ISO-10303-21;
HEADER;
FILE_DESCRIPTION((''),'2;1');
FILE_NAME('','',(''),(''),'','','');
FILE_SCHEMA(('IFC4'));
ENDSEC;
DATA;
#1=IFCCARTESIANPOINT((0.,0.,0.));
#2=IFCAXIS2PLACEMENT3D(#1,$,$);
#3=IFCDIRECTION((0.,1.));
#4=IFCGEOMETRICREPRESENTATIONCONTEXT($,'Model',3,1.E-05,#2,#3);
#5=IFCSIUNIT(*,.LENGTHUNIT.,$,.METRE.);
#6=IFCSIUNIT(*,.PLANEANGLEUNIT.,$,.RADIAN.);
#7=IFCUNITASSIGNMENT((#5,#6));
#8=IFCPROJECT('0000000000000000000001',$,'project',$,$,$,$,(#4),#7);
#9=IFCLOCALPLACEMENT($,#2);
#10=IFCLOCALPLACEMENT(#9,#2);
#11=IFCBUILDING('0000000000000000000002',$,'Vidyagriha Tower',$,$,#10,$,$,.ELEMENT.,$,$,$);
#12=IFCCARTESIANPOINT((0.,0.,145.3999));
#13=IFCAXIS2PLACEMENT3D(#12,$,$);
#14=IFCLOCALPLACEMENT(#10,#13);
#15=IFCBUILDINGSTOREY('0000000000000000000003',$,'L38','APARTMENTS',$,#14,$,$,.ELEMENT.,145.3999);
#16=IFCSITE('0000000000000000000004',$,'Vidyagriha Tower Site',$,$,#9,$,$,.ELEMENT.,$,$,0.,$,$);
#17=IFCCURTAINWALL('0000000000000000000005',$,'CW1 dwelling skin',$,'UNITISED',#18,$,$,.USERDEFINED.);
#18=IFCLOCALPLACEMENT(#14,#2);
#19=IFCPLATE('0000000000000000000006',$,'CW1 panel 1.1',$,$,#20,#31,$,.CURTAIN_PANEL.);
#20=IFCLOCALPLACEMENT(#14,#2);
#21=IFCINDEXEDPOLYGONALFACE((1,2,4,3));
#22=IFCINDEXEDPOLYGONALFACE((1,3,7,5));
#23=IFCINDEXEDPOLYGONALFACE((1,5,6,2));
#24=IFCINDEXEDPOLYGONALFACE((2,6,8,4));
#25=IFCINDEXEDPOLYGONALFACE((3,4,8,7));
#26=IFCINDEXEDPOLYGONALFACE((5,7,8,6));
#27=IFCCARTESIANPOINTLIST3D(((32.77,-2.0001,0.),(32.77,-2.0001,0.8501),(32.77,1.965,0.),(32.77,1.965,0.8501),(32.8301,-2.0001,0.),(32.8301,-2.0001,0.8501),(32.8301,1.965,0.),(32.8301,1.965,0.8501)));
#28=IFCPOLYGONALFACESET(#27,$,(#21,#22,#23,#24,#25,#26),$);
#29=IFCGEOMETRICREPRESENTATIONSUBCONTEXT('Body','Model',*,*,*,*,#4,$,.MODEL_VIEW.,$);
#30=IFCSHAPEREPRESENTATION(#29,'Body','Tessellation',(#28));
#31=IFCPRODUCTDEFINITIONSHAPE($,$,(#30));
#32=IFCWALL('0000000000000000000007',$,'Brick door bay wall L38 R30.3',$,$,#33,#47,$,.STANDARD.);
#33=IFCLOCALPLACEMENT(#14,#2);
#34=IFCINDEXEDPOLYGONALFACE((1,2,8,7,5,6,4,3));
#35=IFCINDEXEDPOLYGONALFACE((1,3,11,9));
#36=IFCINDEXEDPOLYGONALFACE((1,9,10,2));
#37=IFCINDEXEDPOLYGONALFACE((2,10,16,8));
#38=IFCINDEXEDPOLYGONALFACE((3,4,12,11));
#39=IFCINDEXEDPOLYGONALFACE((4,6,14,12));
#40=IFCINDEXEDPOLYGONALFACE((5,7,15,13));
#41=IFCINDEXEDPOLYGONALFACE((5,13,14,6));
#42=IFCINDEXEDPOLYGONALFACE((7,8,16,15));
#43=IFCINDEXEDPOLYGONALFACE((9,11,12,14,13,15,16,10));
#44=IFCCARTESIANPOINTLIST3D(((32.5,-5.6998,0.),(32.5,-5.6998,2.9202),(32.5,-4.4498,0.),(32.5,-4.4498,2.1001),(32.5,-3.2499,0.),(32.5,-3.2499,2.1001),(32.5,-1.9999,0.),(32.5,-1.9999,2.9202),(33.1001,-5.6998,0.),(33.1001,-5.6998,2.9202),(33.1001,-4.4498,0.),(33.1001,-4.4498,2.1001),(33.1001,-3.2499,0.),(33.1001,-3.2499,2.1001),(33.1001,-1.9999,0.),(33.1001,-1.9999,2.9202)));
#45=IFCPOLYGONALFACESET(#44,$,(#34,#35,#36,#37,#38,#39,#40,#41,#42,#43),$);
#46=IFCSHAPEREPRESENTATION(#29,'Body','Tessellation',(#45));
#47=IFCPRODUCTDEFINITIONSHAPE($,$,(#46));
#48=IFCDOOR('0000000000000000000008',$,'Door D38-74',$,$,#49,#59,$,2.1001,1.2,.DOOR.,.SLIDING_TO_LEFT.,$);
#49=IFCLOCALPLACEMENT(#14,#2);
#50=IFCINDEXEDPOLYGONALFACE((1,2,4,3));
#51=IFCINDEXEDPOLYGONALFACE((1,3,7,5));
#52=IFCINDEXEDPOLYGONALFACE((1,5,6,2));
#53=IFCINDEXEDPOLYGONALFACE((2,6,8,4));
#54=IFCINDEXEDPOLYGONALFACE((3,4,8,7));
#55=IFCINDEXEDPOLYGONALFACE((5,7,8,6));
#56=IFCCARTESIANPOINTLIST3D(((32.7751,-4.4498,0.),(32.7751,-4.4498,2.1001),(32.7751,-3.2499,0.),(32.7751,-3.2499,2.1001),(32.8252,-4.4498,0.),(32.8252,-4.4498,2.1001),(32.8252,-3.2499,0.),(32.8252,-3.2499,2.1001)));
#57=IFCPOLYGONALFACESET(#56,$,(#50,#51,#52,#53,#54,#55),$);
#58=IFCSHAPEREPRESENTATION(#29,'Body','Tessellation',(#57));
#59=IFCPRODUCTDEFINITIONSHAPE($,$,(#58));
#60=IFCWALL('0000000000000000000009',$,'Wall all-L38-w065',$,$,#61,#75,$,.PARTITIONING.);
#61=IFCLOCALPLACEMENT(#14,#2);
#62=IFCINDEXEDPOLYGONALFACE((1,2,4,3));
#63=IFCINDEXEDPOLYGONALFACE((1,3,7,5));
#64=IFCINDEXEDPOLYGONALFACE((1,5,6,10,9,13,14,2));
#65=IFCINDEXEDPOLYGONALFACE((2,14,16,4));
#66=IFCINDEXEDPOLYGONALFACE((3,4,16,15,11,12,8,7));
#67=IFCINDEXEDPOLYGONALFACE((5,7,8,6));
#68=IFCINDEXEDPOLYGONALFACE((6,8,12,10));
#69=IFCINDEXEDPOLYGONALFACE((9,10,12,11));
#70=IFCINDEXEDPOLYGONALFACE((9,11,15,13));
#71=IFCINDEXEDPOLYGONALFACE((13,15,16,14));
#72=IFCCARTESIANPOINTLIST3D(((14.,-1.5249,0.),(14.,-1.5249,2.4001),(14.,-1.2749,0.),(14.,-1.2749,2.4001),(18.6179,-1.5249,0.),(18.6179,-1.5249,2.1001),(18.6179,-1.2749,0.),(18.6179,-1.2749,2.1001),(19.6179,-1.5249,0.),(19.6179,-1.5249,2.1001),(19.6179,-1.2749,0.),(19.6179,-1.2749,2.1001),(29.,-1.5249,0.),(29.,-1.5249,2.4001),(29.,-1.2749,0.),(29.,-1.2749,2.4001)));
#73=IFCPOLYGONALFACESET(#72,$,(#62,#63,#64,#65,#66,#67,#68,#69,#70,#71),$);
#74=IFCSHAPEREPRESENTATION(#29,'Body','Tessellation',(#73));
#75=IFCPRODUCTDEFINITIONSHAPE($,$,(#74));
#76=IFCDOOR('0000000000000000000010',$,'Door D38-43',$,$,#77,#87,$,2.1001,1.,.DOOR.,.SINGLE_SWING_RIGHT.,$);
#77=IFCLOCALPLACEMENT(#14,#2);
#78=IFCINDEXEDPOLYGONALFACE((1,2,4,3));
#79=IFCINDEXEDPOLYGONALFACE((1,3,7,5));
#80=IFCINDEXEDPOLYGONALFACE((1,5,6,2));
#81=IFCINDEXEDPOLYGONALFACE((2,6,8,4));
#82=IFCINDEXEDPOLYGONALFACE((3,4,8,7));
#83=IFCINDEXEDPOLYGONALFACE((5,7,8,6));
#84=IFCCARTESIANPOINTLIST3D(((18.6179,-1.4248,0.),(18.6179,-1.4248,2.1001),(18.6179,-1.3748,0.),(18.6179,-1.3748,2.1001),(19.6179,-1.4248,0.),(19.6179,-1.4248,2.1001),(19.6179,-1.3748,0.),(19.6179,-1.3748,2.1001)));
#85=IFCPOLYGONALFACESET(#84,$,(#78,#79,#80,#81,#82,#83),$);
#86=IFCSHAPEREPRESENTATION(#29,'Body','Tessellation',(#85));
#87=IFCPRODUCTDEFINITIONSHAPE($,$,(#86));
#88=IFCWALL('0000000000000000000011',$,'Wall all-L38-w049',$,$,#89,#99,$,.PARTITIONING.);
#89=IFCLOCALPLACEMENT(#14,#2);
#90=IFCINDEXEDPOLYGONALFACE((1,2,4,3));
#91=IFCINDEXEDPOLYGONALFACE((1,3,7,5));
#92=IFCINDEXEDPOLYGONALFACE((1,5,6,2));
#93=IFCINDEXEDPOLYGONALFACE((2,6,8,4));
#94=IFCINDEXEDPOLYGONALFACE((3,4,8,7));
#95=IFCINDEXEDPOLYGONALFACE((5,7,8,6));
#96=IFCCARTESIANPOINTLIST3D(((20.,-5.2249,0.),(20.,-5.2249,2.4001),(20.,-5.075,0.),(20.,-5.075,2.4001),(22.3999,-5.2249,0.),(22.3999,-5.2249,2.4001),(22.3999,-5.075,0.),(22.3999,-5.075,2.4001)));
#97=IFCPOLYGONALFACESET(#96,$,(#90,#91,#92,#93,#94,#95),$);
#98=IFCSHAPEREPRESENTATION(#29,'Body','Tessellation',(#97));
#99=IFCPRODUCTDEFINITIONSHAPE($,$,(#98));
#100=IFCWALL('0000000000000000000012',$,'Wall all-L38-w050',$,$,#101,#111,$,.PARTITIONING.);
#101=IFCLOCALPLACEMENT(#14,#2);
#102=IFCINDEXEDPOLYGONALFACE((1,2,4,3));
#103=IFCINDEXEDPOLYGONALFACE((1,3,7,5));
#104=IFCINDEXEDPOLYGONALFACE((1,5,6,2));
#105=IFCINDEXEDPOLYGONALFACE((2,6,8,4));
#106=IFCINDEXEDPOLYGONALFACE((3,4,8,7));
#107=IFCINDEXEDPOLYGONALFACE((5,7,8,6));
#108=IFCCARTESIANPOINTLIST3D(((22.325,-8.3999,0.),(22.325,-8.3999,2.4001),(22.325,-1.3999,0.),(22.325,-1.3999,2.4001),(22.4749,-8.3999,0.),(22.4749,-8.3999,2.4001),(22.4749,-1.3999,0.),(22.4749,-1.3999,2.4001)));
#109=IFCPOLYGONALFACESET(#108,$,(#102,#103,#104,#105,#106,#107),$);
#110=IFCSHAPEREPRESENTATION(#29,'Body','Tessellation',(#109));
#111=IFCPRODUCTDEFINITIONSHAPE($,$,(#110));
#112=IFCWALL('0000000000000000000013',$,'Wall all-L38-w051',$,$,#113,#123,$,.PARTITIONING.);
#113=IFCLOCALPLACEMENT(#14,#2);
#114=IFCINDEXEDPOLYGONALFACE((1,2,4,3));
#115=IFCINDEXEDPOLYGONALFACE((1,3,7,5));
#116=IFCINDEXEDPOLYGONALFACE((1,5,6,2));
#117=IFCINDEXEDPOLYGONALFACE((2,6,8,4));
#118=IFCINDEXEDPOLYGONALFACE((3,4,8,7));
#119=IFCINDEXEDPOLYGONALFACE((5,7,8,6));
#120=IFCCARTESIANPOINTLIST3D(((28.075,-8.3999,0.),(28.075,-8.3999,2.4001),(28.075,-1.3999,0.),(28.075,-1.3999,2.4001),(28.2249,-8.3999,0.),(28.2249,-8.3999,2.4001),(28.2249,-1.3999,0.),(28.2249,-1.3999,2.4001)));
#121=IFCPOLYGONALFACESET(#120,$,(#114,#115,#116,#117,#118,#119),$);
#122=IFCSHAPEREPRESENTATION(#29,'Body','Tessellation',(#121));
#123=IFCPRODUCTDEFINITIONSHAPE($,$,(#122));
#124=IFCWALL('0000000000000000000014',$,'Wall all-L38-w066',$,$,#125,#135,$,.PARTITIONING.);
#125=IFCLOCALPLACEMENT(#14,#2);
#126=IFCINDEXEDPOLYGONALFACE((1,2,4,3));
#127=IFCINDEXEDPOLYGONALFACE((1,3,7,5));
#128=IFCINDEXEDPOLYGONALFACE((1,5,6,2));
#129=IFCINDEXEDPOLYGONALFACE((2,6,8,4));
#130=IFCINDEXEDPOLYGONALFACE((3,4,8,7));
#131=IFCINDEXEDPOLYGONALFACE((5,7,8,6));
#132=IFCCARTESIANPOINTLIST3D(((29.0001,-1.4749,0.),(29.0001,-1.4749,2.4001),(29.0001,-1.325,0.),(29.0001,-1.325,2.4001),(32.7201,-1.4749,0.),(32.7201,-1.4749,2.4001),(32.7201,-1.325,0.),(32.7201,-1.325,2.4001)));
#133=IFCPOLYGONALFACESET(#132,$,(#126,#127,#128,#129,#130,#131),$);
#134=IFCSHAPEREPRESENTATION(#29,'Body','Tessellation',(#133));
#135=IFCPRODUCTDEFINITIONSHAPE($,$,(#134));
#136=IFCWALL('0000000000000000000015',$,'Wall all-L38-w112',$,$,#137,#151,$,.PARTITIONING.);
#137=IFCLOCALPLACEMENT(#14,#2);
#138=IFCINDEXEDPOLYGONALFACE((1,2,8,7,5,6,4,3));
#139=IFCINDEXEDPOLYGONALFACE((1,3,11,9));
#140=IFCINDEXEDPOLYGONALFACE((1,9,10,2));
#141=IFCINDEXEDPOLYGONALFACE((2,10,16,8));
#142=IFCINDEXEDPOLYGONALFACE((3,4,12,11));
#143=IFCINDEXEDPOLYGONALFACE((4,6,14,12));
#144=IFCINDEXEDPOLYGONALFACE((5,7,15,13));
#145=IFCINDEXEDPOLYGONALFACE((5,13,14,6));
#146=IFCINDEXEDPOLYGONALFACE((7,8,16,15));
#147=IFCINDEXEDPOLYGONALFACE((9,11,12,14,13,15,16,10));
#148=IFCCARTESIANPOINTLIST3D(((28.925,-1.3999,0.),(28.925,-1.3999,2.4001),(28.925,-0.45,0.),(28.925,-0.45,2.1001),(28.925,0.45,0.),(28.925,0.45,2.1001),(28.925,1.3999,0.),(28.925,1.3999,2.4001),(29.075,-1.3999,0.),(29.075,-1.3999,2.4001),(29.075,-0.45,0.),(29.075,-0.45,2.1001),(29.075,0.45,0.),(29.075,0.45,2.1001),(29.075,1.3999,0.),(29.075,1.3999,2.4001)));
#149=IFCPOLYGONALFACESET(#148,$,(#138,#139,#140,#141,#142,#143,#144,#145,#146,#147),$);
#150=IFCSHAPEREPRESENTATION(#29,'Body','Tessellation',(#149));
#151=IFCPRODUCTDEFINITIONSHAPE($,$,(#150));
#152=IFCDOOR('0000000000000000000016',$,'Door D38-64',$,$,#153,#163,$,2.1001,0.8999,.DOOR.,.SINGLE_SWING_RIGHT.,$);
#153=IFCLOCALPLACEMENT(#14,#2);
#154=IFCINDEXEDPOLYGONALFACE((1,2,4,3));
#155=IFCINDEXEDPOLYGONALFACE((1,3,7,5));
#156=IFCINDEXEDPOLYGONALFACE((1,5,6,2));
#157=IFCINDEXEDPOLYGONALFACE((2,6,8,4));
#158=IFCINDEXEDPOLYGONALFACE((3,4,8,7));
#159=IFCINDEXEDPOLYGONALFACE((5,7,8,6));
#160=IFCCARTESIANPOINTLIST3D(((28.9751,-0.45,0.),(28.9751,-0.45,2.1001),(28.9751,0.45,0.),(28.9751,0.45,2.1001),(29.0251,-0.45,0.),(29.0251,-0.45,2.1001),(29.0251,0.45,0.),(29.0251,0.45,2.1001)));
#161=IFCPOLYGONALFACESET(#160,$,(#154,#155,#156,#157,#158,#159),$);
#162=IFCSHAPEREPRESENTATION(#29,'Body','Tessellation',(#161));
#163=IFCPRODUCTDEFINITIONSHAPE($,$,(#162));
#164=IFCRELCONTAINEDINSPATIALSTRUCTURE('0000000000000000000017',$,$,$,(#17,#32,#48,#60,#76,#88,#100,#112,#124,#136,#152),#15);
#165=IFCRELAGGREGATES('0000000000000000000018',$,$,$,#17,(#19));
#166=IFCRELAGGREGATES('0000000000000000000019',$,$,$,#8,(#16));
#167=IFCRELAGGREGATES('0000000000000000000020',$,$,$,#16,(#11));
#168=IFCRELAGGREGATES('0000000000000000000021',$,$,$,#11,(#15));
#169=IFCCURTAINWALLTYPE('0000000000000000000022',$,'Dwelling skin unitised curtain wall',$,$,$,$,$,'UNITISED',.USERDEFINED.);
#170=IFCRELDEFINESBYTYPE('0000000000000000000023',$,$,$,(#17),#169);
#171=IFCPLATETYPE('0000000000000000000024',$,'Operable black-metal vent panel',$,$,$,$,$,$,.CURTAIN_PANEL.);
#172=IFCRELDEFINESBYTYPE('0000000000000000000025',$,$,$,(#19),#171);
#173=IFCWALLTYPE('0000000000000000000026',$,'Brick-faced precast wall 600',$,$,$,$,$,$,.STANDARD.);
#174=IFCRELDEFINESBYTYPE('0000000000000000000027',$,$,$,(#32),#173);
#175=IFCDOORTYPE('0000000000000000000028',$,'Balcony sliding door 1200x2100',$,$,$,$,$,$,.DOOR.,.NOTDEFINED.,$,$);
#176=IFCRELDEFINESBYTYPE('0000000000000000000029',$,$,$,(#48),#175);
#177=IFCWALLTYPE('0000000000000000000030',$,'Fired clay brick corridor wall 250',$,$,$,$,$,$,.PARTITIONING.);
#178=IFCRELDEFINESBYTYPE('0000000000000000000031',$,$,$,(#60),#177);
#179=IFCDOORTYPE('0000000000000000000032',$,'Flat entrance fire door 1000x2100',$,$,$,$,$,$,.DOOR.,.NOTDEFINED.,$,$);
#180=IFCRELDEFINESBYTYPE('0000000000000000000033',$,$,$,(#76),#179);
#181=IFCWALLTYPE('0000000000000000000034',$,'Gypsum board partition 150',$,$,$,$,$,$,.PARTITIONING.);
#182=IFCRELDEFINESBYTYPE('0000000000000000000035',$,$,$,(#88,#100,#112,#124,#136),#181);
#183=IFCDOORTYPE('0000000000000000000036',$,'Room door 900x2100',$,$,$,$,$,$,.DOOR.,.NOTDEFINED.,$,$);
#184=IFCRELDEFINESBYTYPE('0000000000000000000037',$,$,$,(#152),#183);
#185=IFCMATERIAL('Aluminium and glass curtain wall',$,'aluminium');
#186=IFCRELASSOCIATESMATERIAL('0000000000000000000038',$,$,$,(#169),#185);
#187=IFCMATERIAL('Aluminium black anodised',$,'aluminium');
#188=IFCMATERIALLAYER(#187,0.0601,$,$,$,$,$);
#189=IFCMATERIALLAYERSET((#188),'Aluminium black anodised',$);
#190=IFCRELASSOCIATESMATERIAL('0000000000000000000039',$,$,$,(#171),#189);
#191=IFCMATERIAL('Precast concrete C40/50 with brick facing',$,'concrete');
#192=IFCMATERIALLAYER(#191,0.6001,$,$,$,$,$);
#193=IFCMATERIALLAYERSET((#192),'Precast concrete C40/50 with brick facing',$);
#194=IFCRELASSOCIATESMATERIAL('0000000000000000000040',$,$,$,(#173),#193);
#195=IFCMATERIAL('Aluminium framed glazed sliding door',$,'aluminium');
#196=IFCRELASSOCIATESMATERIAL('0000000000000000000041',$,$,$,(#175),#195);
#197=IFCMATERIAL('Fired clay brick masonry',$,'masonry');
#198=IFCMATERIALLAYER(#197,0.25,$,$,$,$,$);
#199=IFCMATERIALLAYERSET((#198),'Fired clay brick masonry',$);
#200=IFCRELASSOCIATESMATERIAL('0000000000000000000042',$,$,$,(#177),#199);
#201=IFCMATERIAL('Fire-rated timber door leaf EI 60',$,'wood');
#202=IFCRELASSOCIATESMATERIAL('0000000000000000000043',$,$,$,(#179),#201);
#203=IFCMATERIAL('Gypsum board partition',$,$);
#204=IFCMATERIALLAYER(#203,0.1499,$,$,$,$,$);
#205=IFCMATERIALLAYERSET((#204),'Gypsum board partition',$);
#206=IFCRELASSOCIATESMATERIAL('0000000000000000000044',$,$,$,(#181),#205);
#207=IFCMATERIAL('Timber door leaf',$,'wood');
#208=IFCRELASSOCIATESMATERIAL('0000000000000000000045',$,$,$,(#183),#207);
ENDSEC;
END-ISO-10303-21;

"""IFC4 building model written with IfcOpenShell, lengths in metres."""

from ifc_helpers import new_model, si_unit, direction, frame, frame_2d, origin, origin_2d, place, context, subcontext, project, spatial, rectangle, extrude, material, layer, layer_set, type_object, element, fill, aggregate, save


model = new_model("IFC4")

# Units and contexts
model_context = context("Model", 3, precision=1e-05, world=origin(), true_north=direction((0.0, 1.0)))
body_context = subcontext(model_context, "Body", "Model", "MODEL_VIEW")
ifc_project = project(units=[si_unit("LENGTHUNIT", "METRE"), si_unit("PLANEANGLEUNIT", "RADIAN")], contexts=[model_context])

# Site, building, storey
site_placement = place(None, origin())
site = spatial("IfcSite", under=ifc_project, at=site_placement, Name="Vidyagriha Tower Site", CompositionType="ELEMENT", RefElevation=0.0)
building_placement = place(site_placement, origin())
building = spatial("IfcBuilding", under=site, at=building_placement, Name="Vidyagriha Tower", CompositionType="ELEMENT")
storey_placement = place(building_placement, frame((0.0, 0.0, 145.3999)))
storey = spatial("IfcBuildingStorey", under=building, at=storey_placement, Name="L38", Description="APARTMENTS", CompositionType="ELEMENT", Elevation=145.3999)

# Shared definitions
ifc_material_1 = material(Name="Aluminium and glass curtain wall", Category="aluminium")
curtain_wall_type = type_object("IfcCurtainWallType", Name="Dwelling skin unitised curtain wall", ElementType="UNITISED", PredefinedType="USERDEFINED", material=ifc_material_1)

# Curtain wall
curtain_wall_1_placement = place(storey_placement, origin())
curtain_wall_1 = element("IfcCurtainWall", 1, at=curtain_wall_1_placement, inside=storey, type_object=curtain_wall_type, Name="CW1 dwelling skin", ObjectType="UNITISED", PredefinedType="USERDEFINED")

# Plate
ifc_material_2 = material(Name="Aluminium black anodised", Category="aluminium")
ifc_layer_1 = layer(ifc_material_2, 0.0601)
ifc_layer_set_1 = layer_set([ifc_layer_1], Name="Aluminium black anodised")
plate_type_1 = type_object("IfcPlateType", Name="Operable black-metal vent panel", PredefinedType="CURTAIN_PANEL", material=ifc_layer_set_1)
plate_1_placement = place(storey_placement, frame((32.8, -0.0176, 0.0), z_axis=(0.0, 0.0, 1.0), x_axis=(0.0, 1.0, 0.0)))
plate_1 = element("IfcPlate", 2, at=plate_1_placement, type_object=plate_type_1, Name="CW1 panel 1.1", PredefinedType="CURTAIN_PANEL", context=body_context, shape_type="SweptSolid", body=[
    extrude(rectangle(XDim=3.9651, YDim=0.0601, at=origin_2d()), origin(), (0.0, 0.0, 1.0), 0.8501),
])
aggregate(curtain_wall_1, [plate_1])

# Walls, openings, doors
ifc_material_3 = material(Name="Precast concrete C40/50 with brick facing", Category="concrete")
ifc_layer_2 = layer(ifc_material_3, 0.6001)
ifc_layer_set_2 = layer_set([ifc_layer_2], Name="Precast concrete C40/50 with brick facing")
wall_type_1 = type_object("IfcWallType", Name="Brick-faced precast wall 600", PredefinedType="STANDARD", material=ifc_layer_set_2)
wall_1_placement = place(storey_placement, frame((32.8, -5.7, 0.0), z_axis=(0.0, 0.0, 1.0), x_axis=(0.0, 1.0, 0.0)))
wall_1 = element("IfcWall", 3, at=wall_1_placement, inside=storey, type_object=wall_type_1, Name="Brick door bay wall L38 R30.3", PredefinedType="STANDARD", context=body_context, shape_type="SweptSolid", body=[
    extrude(rectangle(XDim=3.7, YDim=0.6001, at=frame_2d((1.8501, 0.0))), origin(), (0.0, 0.0, 1.0), 2.9202),
])
opening_1_placement = place(wall_1_placement, frame((1.25, 0.0, 0.0)))
opening_1 = element("IfcOpeningElement", 4, at=opening_1_placement, cuts=wall_1, PredefinedType="OPENING", context=body_context, shape_type="SweptSolid", body=[
    extrude(rectangle(XDim=1.2, YDim=2.1001, at=frame_2d((0.6001, 1.05))), frame((0.0, 0.3101, 0.0), z_axis=(0.0, -1.0, 0.0), x_axis=(1.0, 0.0, 0.0)), (0.0, 0.0, 1.0), 0.6201),
])
ifc_material_4 = material(Name="Aluminium framed glazed sliding door", Category="aluminium")
door_type_1 = type_object("IfcDoorType", Name="Balcony sliding door 1200x2100", OperationType="NOTDEFINED", PredefinedType="DOOR", material=ifc_material_4)
door_1_placement = place(opening_1_placement, origin())
door_1 = element("IfcDoor", 5, at=door_1_placement, inside=storey, type_object=door_type_1, Name="Door D38-74", OperationType="SLIDING_TO_LEFT", OverallHeight=2.1001, OverallWidth=1.2, PredefinedType="DOOR", context=body_context, shape_type="SweptSolid", body=[
    extrude(rectangle(XDim=1.2, YDim=2.1001, at=frame_2d((0.6001, 1.05))), frame((0.0, 0.0249, 0.0), z_axis=(0.0, -1.0, 0.0), x_axis=(1.0, 0.0, 0.0)), (0.0, 0.0, 1.0), 0.05),
])
fill(opening_1, door_1)
ifc_material_5 = material(Name="Fired clay brick masonry", Category="masonry")
ifc_layer_3 = layer(ifc_material_5, 0.25)
ifc_layer_set_3 = layer_set([ifc_layer_3], Name="Fired clay brick masonry")
wall_type_2 = type_object("IfcWallType", Name="Fired clay brick corridor wall 250", PredefinedType="PARTITIONING", material=ifc_layer_set_3)
wall_2_placement = place(storey_placement, frame((29.0, -1.3999, 0.0), z_axis=(0.0, 0.0, 1.0), x_axis=(-1.0, 0.0, 0.0)))
wall_2 = element("IfcWall", 6, at=wall_2_placement, inside=storey, type_object=wall_type_2, Name="Wall all-L38-w065", PredefinedType="PARTITIONING", context=body_context, shape_type="SweptSolid", body=[
    extrude(rectangle(XDim=15.0, YDim=0.25, at=frame_2d((7.5, 0.0))), origin(), (0.0, 0.0, 1.0), 2.4001),
])
opening_2_placement = place(wall_2_placement, frame((9.3821, 0.0, 0.0)))
opening_2 = element("IfcOpeningElement", 7, at=opening_2_placement, cuts=wall_2, PredefinedType="OPENING", context=body_context, shape_type="SweptSolid", body=[
    extrude(rectangle(XDim=1.0, YDim=2.1001, at=frame_2d((0.5, 1.05))), frame((0.0, 0.135, 0.0), z_axis=(0.0, -1.0, 0.0), x_axis=(1.0, 0.0, 0.0)), (0.0, 0.0, 1.0), 0.27),
])
ifc_material_6 = material(Name="Fire-rated timber door leaf EI 60", Category="wood")
door_type_2 = type_object("IfcDoorType", Name="Flat entrance fire door 1000x2100", OperationType="NOTDEFINED", PredefinedType="DOOR", material=ifc_material_6)
door_2_placement = place(opening_2_placement, origin())
door_2 = element("IfcDoor", 8, at=door_2_placement, inside=storey, type_object=door_type_2, Name="Door D38-43", OperationType="SINGLE_SWING_RIGHT", OverallHeight=2.1001, OverallWidth=1.0, PredefinedType="DOOR", context=body_context, shape_type="SweptSolid", body=[
    extrude(rectangle(XDim=1.0, YDim=2.1001, at=frame_2d((0.5, 1.05))), frame((0.0, 0.0249, 0.0), z_axis=(0.0, -1.0, 0.0), x_axis=(1.0, 0.0, 0.0)), (0.0, 0.0, 1.0), 0.05),
])
fill(opening_2, door_2)

# Walls
ifc_material_7 = material(Name="Gypsum board partition")
ifc_layer_4 = layer(ifc_material_7, 0.1499)
ifc_layer_set_4 = layer_set([ifc_layer_4], Name="Gypsum board partition")
wall_type_3 = type_object("IfcWallType", Name="Gypsum board partition 150", PredefinedType="PARTITIONING", material=ifc_layer_set_4)
wall_3_placement = place(storey_placement, frame((22.3999, -5.1499, 0.0), z_axis=(0.0, 0.0, 1.0), x_axis=(-1.0, 0.0, 0.0)))
element("IfcWall", 9, at=wall_3_placement, inside=storey, type_object=wall_type_3, Name="Wall all-L38-w049", PredefinedType="PARTITIONING", context=body_context, shape_type="SweptSolid", body=[
    extrude(rectangle(XDim=2.3999, YDim=0.1499, at=frame_2d((1.2, 0.0))), origin(), (0.0, 0.0, 1.0), 2.4001),
])
for number, where, z_axis, x_axis, name in (
    (10, (22.3999, -1.3999, 0.0), (0.0, 0.0, 1.0), (0.0, -1.0, 0.0), "Wall all-L38-w050"),
    (11, (28.1499, -1.3999, 0.0), (0.0, 0.0, 1.0), (0.0, -1.0, 0.0), "Wall all-L38-w051"),
):
    element("IfcWall", number, at=place(storey_placement, frame(where, z_axis=z_axis, x_axis=x_axis)), inside=storey, type_object=wall_type_3, Name=name, PredefinedType="PARTITIONING", context=body_context, shape_type="SweptSolid", body=[
        extrude(rectangle(XDim=7.0, YDim=0.1499, at=frame_2d((3.5, 0.0))), origin(), (0.0, 0.0, 1.0), 2.4001),
    ])
wall_4_placement = place(storey_placement, frame((32.72, -1.3999, 0.0), z_axis=(0.0, 0.0, 1.0), x_axis=(-1.0, 0.0, 0.0)))
element("IfcWall", 12, at=wall_4_placement, inside=storey, type_object=wall_type_3, Name="Wall all-L38-w066", PredefinedType="PARTITIONING", context=body_context, shape_type="SweptSolid", body=[
    extrude(rectangle(XDim=3.72, YDim=0.1499, at=frame_2d((1.8599, 0.0))), origin(), (0.0, 0.0, 1.0), 2.4001),
])

# Wall, opening, door
wall_5_placement = place(storey_placement, frame((29.0, -1.3999, 0.0), z_axis=(0.0, 0.0, 1.0), x_axis=(0.0, 1.0, 0.0)))
wall_5 = element("IfcWall", 13, at=wall_5_placement, inside=storey, type_object=wall_type_3, Name="Wall all-L38-w112", PredefinedType="PARTITIONING", context=body_context, shape_type="SweptSolid", body=[
    extrude(rectangle(XDim=2.7998, YDim=0.1499, at=frame_2d((1.3999, 0.0))), origin(), (0.0, 0.0, 1.0), 2.4001),
])
opening_3_placement = place(wall_5_placement, frame((0.95, 0.0, 0.0)))
opening_3 = element("IfcOpeningElement", 14, at=opening_3_placement, cuts=wall_5, PredefinedType="OPENING", context=body_context, shape_type="SweptSolid", body=[
    extrude(rectangle(XDim=0.8999, YDim=2.1001, at=frame_2d((0.45, 1.05))), frame((0.0, 0.085, 0.0), z_axis=(0.0, -1.0, 0.0), x_axis=(1.0, 0.0, 0.0)), (0.0, 0.0, 1.0), 0.1699),
])
ifc_material_8 = material(Name="Timber door leaf", Category="wood")
door_type_3 = type_object("IfcDoorType", Name="Room door 900x2100", OperationType="NOTDEFINED", PredefinedType="DOOR", material=ifc_material_8)
door_3_placement = place(opening_3_placement, origin())
door_3 = element("IfcDoor", 15, at=door_3_placement, inside=storey, type_object=door_type_3, Name="Door D38-64", OperationType="SINGLE_SWING_RIGHT", OverallHeight=2.1001, OverallWidth=0.8999, PredefinedType="DOOR", context=body_context, shape_type="SweptSolid", body=[
    extrude(rectangle(XDim=0.8999, YDim=2.1001, at=frame_2d((0.45, 1.05))), frame((0.0, 0.0249, 0.0), z_axis=(0.0, -1.0, 0.0), x_axis=(1.0, 0.0, 0.0)), (0.0, 0.0, 1.0), 0.05),
])
fill(opening_3, door_3)

save(model, "model.ifc")
